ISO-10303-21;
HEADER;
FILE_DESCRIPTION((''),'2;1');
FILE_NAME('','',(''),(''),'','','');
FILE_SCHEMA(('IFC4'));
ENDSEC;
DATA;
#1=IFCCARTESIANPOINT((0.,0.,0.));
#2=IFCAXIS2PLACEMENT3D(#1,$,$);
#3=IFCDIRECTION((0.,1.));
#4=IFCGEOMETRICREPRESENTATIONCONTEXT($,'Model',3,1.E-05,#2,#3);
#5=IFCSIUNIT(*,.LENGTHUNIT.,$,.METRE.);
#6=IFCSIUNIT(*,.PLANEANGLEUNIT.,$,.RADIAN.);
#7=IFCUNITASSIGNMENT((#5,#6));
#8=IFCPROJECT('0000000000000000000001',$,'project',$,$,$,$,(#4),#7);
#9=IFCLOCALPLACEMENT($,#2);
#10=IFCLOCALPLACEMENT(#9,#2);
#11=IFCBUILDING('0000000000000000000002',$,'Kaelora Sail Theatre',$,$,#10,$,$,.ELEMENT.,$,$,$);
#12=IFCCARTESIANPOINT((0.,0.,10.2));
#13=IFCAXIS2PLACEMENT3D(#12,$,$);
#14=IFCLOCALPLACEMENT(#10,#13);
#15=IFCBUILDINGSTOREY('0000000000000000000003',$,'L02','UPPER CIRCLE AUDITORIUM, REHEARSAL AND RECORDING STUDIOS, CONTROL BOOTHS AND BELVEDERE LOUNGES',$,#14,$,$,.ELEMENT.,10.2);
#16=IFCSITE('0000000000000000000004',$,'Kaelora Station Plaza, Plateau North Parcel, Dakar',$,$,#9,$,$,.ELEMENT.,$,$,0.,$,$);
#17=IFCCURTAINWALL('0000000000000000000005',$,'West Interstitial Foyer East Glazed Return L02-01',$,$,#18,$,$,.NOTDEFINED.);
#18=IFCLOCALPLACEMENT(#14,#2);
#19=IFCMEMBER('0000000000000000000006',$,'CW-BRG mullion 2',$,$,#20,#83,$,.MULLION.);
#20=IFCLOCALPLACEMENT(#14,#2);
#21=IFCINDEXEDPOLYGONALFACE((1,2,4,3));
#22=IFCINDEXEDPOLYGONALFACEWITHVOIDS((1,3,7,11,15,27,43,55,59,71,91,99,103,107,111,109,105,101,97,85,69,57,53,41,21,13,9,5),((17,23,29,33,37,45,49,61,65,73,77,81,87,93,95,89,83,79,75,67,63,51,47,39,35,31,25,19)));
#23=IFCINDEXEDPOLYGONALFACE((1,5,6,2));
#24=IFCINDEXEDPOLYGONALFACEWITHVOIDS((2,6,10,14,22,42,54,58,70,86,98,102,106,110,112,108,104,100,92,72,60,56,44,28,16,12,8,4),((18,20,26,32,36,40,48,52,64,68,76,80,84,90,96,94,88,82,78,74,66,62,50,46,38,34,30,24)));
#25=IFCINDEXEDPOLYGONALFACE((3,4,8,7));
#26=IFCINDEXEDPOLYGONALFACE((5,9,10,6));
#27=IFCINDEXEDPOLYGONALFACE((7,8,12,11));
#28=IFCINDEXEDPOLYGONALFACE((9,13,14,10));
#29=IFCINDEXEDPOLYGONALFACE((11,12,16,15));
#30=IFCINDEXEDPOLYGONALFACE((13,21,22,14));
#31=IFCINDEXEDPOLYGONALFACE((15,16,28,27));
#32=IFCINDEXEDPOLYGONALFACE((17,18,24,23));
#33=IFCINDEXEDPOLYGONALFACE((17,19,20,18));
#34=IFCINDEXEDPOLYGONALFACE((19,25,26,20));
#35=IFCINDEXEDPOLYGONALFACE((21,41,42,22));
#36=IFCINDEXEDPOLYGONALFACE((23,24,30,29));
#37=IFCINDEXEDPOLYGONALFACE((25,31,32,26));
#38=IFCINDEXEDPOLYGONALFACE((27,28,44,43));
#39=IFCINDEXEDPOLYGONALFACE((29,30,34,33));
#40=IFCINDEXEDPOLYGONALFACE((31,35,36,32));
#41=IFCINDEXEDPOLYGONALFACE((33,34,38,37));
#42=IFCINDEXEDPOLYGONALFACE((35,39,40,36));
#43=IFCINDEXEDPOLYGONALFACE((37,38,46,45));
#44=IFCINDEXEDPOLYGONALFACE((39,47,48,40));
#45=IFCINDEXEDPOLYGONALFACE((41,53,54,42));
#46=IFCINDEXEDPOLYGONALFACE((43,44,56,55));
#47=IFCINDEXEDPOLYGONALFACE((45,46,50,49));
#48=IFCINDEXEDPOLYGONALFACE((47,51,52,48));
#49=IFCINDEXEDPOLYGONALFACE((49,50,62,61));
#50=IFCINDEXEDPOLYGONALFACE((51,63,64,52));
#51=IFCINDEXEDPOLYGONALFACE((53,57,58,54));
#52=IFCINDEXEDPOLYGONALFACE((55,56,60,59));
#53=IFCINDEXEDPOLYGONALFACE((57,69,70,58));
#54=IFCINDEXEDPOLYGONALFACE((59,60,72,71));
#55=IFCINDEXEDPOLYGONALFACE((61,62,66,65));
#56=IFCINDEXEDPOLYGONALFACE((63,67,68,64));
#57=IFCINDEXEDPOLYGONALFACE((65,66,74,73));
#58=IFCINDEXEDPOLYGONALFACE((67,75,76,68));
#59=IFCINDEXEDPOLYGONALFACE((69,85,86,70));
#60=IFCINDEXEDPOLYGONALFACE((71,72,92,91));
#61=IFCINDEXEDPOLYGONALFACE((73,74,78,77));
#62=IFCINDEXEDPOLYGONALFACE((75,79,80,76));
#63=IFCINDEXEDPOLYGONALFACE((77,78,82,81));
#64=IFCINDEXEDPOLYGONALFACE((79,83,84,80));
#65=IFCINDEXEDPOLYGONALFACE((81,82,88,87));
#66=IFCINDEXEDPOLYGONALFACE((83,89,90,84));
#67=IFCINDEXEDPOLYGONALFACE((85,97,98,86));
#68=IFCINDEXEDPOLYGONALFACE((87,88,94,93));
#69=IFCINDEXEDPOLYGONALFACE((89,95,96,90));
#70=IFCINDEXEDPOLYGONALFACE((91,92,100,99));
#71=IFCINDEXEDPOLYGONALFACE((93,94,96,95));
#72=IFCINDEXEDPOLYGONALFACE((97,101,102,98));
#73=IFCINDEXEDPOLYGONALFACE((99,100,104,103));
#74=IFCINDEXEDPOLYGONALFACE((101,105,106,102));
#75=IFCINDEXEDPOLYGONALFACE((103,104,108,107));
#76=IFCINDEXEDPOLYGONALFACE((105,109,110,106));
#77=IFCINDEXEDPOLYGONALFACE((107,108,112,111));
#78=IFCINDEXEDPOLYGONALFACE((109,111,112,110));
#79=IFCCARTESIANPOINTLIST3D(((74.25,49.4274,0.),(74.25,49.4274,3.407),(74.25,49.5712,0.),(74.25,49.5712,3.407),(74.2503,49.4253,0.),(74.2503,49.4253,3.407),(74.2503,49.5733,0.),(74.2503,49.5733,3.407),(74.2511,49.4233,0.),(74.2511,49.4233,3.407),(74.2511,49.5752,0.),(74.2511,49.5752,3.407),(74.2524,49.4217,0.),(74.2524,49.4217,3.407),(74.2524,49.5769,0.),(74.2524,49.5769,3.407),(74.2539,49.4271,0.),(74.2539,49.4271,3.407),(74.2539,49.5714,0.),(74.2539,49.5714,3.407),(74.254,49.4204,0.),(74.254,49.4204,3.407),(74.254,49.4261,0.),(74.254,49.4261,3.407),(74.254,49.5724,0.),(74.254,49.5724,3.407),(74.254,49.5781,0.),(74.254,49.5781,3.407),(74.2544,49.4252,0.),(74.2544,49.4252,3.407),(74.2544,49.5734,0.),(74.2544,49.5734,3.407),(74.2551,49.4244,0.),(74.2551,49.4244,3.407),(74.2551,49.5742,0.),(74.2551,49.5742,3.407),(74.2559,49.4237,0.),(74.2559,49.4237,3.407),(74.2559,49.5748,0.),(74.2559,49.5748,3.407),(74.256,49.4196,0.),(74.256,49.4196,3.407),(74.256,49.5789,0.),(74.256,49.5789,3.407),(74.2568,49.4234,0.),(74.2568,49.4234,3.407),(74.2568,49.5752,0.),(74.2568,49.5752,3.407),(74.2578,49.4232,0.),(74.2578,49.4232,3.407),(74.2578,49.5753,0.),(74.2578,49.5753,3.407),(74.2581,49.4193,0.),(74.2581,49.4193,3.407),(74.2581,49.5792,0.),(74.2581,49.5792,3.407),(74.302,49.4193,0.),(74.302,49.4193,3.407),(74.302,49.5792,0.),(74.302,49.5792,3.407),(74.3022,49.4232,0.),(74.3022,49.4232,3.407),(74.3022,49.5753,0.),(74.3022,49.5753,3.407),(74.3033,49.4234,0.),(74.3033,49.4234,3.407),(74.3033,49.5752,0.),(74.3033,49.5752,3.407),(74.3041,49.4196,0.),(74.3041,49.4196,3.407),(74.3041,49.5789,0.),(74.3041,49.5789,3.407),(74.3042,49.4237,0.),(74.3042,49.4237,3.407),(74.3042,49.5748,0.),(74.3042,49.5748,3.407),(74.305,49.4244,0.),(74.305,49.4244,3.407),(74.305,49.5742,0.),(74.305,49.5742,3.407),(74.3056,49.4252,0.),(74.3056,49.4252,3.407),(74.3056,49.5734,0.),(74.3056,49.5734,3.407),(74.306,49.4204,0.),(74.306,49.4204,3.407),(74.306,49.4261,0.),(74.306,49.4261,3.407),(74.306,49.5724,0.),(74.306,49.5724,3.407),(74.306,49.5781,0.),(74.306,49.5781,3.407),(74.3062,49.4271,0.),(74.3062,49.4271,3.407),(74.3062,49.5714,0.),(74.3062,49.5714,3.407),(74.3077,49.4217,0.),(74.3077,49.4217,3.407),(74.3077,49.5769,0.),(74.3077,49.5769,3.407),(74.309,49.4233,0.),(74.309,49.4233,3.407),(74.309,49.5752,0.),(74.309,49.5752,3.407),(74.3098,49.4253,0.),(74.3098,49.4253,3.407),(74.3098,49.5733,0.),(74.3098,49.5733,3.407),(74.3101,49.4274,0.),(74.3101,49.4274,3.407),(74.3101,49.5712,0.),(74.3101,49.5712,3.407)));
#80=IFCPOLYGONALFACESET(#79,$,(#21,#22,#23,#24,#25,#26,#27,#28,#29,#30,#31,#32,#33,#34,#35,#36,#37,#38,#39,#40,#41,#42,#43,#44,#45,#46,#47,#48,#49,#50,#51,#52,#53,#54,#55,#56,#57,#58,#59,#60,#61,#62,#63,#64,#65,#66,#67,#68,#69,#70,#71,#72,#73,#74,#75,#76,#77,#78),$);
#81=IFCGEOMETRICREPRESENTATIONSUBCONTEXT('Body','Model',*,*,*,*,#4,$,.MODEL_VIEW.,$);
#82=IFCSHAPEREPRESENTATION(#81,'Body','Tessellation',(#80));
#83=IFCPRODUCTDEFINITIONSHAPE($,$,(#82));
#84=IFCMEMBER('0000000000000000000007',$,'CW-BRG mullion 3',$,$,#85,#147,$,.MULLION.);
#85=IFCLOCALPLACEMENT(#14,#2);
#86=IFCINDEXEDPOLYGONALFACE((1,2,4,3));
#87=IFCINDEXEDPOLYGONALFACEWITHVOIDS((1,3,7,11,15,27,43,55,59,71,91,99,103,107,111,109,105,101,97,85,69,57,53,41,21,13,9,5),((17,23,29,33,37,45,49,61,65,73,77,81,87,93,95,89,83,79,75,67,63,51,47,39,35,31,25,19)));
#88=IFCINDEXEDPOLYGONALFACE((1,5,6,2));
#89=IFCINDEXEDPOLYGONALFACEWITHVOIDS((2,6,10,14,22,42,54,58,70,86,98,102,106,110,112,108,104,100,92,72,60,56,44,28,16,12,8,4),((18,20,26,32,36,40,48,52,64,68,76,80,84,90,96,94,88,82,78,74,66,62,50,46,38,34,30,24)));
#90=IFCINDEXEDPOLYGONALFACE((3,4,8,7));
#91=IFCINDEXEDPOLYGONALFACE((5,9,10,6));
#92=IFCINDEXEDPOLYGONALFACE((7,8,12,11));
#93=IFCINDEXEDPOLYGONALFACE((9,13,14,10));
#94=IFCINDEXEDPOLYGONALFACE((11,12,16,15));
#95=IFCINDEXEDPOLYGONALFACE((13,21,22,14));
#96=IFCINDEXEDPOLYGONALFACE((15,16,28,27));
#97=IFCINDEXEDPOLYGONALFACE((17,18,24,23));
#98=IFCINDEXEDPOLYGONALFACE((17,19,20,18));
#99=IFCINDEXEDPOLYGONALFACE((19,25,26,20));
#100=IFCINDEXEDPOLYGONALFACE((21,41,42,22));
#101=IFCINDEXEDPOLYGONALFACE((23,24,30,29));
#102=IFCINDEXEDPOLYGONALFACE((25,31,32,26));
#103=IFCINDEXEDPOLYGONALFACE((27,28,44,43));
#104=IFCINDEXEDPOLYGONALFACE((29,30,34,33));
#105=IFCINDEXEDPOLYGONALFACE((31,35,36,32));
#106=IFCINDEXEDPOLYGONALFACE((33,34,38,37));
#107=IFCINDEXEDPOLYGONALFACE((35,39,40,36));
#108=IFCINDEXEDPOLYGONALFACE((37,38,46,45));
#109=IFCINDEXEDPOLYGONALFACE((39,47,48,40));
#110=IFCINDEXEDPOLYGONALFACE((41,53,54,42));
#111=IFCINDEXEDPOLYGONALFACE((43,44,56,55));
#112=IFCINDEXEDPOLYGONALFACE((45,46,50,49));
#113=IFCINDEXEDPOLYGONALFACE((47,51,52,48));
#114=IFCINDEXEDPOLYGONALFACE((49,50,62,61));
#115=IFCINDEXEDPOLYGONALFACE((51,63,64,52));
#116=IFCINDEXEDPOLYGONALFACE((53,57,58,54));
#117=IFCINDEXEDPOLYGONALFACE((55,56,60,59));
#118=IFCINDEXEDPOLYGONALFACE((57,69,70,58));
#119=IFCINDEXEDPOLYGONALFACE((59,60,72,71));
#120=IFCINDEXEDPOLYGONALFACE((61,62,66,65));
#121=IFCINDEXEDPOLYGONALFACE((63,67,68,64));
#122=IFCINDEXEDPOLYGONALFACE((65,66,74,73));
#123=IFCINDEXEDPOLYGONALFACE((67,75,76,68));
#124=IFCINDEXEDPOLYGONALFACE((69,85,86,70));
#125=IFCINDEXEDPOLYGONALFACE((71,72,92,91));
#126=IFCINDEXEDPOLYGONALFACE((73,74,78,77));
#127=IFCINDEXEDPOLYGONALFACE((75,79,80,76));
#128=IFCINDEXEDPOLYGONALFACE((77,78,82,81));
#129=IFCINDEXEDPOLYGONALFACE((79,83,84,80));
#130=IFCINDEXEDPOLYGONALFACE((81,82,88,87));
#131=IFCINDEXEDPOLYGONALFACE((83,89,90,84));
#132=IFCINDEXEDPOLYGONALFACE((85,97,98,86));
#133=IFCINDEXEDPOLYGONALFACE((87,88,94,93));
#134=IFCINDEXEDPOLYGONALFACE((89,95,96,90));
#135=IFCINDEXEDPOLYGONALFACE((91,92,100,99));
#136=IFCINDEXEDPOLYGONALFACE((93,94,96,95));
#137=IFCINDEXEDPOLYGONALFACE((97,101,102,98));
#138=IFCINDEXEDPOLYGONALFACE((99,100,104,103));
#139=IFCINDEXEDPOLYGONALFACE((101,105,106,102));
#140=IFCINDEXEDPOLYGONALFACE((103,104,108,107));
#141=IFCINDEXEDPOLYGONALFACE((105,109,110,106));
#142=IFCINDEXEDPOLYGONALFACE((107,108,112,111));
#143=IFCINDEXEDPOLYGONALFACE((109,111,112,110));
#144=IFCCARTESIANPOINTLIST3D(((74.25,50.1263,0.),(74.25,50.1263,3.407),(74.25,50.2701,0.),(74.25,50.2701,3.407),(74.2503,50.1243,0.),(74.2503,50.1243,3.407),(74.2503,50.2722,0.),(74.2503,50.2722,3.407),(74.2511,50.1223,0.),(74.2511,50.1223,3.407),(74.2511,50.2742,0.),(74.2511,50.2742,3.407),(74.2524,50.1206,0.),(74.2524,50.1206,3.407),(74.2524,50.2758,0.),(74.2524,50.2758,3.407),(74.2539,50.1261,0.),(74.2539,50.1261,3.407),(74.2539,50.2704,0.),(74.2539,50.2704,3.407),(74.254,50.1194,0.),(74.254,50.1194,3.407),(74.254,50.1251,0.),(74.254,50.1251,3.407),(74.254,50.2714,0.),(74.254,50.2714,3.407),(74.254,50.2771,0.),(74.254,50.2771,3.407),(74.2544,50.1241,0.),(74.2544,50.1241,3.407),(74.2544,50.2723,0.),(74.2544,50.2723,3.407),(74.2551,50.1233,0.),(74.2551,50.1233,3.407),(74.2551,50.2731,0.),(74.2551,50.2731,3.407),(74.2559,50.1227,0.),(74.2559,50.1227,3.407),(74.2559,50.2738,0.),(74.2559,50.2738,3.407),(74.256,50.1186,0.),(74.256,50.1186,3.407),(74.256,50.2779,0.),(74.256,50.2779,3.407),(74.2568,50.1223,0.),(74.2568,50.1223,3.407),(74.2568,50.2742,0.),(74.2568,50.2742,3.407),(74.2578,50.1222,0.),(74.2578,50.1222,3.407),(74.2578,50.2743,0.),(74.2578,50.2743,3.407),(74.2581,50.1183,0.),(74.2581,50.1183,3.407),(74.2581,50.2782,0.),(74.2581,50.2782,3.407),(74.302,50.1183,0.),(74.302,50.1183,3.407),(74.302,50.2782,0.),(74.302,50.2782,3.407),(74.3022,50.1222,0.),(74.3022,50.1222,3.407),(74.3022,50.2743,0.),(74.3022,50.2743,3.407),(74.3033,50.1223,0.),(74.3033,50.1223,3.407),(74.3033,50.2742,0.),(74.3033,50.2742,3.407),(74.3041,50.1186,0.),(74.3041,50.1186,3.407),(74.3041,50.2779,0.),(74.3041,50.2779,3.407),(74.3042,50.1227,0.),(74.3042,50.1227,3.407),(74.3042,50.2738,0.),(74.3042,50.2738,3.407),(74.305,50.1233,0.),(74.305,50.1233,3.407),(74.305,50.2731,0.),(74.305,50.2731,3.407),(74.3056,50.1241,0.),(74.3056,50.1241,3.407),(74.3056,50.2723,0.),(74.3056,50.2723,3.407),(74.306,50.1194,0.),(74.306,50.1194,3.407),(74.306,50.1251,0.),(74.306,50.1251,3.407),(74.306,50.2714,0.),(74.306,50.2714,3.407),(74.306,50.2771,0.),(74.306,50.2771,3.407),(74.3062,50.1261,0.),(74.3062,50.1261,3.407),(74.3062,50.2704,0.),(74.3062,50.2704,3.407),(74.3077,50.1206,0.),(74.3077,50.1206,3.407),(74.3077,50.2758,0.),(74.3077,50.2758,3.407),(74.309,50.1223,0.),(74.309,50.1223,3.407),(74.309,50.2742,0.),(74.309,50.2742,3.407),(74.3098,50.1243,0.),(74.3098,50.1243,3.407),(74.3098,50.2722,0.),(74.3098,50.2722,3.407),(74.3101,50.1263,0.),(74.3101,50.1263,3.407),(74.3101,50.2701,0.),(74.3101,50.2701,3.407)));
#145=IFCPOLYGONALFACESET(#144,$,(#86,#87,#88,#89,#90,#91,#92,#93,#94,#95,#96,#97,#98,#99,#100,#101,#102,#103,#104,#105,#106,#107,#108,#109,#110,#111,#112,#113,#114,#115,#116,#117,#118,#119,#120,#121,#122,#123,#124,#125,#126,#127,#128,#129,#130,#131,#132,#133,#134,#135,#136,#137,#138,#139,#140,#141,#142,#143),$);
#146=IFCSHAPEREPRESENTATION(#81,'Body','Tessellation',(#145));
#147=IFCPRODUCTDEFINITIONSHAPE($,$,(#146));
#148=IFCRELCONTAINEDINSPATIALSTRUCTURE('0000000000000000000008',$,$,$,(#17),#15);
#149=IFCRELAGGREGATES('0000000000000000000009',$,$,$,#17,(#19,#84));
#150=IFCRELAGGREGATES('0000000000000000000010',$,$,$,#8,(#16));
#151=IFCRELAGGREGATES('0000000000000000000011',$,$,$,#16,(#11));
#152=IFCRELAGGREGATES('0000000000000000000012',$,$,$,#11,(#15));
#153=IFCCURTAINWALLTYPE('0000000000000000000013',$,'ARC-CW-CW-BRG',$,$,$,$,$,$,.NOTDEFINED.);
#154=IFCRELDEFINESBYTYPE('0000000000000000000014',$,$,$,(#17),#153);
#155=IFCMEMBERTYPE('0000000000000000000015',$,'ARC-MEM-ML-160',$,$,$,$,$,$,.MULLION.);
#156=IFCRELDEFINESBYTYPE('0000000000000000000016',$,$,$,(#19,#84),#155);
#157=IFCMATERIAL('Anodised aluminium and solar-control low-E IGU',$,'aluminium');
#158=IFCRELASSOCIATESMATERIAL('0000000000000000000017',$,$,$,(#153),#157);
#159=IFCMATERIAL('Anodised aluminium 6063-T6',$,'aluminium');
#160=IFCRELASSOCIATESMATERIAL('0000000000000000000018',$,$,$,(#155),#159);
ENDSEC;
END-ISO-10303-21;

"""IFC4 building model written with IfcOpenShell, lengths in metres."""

from ifc_helpers import new_model, si_unit, direction, frame, origin, origin_2d, place, context, subcontext, project, spatial, hollow_rectangle, extrude, material, material_profile, profile_set, type_object, element, aggregate, save


model = new_model("IFC4")

# Units and contexts
model_context = context("Model", 3, precision=1e-05, world=origin(), true_north=direction((0.0, 1.0)))
body_context = subcontext(model_context, "Body", "Model", "MODEL_VIEW")
ifc_project = project(units=[si_unit("LENGTHUNIT", "METRE"), si_unit("PLANEANGLEUNIT", "RADIAN")], contexts=[model_context])

# Site, building, storey
site_placement = place(None, origin())
site = spatial("IfcSite", under=ifc_project, at=site_placement, Name="Kaelora Station Plaza, Plateau North Parcel, Dakar", CompositionType="ELEMENT", RefElevation=0.0)
building_placement = place(site_placement, origin())
building = spatial("IfcBuilding", under=site, at=building_placement, Name="Kaelora Sail Theatre", CompositionType="ELEMENT")
storey_placement = place(building_placement, frame((0.0, 0.0, 10.2)))
storey = spatial("IfcBuildingStorey", under=building, at=storey_placement, Name="L02", Description="UPPER CIRCLE AUDITORIUM, REHEARSAL AND RECORDING STUDIOS, CONTROL BOOTHS AND BELVEDERE LOUNGES", CompositionType="ELEMENT", Elevation=10.2)

# Shared definitions
ifc_material_1 = material(Name="Anodised aluminium and solar-control low-E IGU", Category="aluminium")
curtain_wall_type = type_object("IfcCurtainWallType", Name="ARC-CW-CW-BRG", PredefinedType="NOTDEFINED", material=ifc_material_1)
ifc_material_2 = material(Name="Anodised aluminium 6063-T6", Category="aluminium")
ifc_material_profile_1 = material_profile(ifc_material_2, hollow_rectangle(XDim=0.0601, YDim=0.1599, WallThickness=0.0039, InnerFilletRadius=0.0039, OuterFilletRadius=0.0081, at=origin_2d()), Name="ALU-MULL 60x160x4")
ifc_profile_set_1 = profile_set([ifc_material_profile_1], Name="Anodised aluminium 6063-T6")
member_type_1 = type_object("IfcMemberType", Name="ARC-MEM-ML-160", PredefinedType="MULLION", material=ifc_profile_set_1)

# Curtain wall, members
curtain_wall_1_placement = place(storey_placement, origin())
curtain_wall_1 = element("IfcCurtainWall", 1, at=curtain_wall_1_placement, inside=storey, type_object=curtain_wall_type, Name="West Interstitial Foyer East Glazed Return L02-01", PredefinedType="NOTDEFINED")
member_1_placement = place(storey_placement, frame((74.28, 49.4993, 0.0), z_axis=(0.0, 0.0, 1.0), x_axis=(-1.0, 0.0, 0.0)))
member_1 = element("IfcMember", 2, at=member_1_placement, type_object=member_type_1, Name="CW-BRG mullion 2", PredefinedType="MULLION", context=body_context, shape_type="SweptSolid", body=[
    extrude(hollow_rectangle(XDim=0.0601, YDim=0.1599, WallThickness=0.0039, InnerFilletRadius=0.0039, OuterFilletRadius=0.0081, at=origin_2d()), origin(), (0.0, 0.0, 1.0), 3.407),
])
member_2_placement = place(storey_placement, frame((74.28, 50.1982, 0.0), z_axis=(0.0, 0.0, 1.0), x_axis=(-1.0, 0.0, 0.0)))
member_2 = element("IfcMember", 3, at=member_2_placement, type_object=member_type_1, Name="CW-BRG mullion 3", PredefinedType="MULLION", context=body_context, shape_type="SweptSolid", body=[
    extrude(hollow_rectangle(XDim=0.0601, YDim=0.1599, WallThickness=0.0039, InnerFilletRadius=0.0039, OuterFilletRadius=0.0081, at=origin_2d()), origin(), (0.0, 0.0, 1.0), 3.407),
])

aggregate(curtain_wall_1, [member_1, member_2])

save(model, "model.ifc")
